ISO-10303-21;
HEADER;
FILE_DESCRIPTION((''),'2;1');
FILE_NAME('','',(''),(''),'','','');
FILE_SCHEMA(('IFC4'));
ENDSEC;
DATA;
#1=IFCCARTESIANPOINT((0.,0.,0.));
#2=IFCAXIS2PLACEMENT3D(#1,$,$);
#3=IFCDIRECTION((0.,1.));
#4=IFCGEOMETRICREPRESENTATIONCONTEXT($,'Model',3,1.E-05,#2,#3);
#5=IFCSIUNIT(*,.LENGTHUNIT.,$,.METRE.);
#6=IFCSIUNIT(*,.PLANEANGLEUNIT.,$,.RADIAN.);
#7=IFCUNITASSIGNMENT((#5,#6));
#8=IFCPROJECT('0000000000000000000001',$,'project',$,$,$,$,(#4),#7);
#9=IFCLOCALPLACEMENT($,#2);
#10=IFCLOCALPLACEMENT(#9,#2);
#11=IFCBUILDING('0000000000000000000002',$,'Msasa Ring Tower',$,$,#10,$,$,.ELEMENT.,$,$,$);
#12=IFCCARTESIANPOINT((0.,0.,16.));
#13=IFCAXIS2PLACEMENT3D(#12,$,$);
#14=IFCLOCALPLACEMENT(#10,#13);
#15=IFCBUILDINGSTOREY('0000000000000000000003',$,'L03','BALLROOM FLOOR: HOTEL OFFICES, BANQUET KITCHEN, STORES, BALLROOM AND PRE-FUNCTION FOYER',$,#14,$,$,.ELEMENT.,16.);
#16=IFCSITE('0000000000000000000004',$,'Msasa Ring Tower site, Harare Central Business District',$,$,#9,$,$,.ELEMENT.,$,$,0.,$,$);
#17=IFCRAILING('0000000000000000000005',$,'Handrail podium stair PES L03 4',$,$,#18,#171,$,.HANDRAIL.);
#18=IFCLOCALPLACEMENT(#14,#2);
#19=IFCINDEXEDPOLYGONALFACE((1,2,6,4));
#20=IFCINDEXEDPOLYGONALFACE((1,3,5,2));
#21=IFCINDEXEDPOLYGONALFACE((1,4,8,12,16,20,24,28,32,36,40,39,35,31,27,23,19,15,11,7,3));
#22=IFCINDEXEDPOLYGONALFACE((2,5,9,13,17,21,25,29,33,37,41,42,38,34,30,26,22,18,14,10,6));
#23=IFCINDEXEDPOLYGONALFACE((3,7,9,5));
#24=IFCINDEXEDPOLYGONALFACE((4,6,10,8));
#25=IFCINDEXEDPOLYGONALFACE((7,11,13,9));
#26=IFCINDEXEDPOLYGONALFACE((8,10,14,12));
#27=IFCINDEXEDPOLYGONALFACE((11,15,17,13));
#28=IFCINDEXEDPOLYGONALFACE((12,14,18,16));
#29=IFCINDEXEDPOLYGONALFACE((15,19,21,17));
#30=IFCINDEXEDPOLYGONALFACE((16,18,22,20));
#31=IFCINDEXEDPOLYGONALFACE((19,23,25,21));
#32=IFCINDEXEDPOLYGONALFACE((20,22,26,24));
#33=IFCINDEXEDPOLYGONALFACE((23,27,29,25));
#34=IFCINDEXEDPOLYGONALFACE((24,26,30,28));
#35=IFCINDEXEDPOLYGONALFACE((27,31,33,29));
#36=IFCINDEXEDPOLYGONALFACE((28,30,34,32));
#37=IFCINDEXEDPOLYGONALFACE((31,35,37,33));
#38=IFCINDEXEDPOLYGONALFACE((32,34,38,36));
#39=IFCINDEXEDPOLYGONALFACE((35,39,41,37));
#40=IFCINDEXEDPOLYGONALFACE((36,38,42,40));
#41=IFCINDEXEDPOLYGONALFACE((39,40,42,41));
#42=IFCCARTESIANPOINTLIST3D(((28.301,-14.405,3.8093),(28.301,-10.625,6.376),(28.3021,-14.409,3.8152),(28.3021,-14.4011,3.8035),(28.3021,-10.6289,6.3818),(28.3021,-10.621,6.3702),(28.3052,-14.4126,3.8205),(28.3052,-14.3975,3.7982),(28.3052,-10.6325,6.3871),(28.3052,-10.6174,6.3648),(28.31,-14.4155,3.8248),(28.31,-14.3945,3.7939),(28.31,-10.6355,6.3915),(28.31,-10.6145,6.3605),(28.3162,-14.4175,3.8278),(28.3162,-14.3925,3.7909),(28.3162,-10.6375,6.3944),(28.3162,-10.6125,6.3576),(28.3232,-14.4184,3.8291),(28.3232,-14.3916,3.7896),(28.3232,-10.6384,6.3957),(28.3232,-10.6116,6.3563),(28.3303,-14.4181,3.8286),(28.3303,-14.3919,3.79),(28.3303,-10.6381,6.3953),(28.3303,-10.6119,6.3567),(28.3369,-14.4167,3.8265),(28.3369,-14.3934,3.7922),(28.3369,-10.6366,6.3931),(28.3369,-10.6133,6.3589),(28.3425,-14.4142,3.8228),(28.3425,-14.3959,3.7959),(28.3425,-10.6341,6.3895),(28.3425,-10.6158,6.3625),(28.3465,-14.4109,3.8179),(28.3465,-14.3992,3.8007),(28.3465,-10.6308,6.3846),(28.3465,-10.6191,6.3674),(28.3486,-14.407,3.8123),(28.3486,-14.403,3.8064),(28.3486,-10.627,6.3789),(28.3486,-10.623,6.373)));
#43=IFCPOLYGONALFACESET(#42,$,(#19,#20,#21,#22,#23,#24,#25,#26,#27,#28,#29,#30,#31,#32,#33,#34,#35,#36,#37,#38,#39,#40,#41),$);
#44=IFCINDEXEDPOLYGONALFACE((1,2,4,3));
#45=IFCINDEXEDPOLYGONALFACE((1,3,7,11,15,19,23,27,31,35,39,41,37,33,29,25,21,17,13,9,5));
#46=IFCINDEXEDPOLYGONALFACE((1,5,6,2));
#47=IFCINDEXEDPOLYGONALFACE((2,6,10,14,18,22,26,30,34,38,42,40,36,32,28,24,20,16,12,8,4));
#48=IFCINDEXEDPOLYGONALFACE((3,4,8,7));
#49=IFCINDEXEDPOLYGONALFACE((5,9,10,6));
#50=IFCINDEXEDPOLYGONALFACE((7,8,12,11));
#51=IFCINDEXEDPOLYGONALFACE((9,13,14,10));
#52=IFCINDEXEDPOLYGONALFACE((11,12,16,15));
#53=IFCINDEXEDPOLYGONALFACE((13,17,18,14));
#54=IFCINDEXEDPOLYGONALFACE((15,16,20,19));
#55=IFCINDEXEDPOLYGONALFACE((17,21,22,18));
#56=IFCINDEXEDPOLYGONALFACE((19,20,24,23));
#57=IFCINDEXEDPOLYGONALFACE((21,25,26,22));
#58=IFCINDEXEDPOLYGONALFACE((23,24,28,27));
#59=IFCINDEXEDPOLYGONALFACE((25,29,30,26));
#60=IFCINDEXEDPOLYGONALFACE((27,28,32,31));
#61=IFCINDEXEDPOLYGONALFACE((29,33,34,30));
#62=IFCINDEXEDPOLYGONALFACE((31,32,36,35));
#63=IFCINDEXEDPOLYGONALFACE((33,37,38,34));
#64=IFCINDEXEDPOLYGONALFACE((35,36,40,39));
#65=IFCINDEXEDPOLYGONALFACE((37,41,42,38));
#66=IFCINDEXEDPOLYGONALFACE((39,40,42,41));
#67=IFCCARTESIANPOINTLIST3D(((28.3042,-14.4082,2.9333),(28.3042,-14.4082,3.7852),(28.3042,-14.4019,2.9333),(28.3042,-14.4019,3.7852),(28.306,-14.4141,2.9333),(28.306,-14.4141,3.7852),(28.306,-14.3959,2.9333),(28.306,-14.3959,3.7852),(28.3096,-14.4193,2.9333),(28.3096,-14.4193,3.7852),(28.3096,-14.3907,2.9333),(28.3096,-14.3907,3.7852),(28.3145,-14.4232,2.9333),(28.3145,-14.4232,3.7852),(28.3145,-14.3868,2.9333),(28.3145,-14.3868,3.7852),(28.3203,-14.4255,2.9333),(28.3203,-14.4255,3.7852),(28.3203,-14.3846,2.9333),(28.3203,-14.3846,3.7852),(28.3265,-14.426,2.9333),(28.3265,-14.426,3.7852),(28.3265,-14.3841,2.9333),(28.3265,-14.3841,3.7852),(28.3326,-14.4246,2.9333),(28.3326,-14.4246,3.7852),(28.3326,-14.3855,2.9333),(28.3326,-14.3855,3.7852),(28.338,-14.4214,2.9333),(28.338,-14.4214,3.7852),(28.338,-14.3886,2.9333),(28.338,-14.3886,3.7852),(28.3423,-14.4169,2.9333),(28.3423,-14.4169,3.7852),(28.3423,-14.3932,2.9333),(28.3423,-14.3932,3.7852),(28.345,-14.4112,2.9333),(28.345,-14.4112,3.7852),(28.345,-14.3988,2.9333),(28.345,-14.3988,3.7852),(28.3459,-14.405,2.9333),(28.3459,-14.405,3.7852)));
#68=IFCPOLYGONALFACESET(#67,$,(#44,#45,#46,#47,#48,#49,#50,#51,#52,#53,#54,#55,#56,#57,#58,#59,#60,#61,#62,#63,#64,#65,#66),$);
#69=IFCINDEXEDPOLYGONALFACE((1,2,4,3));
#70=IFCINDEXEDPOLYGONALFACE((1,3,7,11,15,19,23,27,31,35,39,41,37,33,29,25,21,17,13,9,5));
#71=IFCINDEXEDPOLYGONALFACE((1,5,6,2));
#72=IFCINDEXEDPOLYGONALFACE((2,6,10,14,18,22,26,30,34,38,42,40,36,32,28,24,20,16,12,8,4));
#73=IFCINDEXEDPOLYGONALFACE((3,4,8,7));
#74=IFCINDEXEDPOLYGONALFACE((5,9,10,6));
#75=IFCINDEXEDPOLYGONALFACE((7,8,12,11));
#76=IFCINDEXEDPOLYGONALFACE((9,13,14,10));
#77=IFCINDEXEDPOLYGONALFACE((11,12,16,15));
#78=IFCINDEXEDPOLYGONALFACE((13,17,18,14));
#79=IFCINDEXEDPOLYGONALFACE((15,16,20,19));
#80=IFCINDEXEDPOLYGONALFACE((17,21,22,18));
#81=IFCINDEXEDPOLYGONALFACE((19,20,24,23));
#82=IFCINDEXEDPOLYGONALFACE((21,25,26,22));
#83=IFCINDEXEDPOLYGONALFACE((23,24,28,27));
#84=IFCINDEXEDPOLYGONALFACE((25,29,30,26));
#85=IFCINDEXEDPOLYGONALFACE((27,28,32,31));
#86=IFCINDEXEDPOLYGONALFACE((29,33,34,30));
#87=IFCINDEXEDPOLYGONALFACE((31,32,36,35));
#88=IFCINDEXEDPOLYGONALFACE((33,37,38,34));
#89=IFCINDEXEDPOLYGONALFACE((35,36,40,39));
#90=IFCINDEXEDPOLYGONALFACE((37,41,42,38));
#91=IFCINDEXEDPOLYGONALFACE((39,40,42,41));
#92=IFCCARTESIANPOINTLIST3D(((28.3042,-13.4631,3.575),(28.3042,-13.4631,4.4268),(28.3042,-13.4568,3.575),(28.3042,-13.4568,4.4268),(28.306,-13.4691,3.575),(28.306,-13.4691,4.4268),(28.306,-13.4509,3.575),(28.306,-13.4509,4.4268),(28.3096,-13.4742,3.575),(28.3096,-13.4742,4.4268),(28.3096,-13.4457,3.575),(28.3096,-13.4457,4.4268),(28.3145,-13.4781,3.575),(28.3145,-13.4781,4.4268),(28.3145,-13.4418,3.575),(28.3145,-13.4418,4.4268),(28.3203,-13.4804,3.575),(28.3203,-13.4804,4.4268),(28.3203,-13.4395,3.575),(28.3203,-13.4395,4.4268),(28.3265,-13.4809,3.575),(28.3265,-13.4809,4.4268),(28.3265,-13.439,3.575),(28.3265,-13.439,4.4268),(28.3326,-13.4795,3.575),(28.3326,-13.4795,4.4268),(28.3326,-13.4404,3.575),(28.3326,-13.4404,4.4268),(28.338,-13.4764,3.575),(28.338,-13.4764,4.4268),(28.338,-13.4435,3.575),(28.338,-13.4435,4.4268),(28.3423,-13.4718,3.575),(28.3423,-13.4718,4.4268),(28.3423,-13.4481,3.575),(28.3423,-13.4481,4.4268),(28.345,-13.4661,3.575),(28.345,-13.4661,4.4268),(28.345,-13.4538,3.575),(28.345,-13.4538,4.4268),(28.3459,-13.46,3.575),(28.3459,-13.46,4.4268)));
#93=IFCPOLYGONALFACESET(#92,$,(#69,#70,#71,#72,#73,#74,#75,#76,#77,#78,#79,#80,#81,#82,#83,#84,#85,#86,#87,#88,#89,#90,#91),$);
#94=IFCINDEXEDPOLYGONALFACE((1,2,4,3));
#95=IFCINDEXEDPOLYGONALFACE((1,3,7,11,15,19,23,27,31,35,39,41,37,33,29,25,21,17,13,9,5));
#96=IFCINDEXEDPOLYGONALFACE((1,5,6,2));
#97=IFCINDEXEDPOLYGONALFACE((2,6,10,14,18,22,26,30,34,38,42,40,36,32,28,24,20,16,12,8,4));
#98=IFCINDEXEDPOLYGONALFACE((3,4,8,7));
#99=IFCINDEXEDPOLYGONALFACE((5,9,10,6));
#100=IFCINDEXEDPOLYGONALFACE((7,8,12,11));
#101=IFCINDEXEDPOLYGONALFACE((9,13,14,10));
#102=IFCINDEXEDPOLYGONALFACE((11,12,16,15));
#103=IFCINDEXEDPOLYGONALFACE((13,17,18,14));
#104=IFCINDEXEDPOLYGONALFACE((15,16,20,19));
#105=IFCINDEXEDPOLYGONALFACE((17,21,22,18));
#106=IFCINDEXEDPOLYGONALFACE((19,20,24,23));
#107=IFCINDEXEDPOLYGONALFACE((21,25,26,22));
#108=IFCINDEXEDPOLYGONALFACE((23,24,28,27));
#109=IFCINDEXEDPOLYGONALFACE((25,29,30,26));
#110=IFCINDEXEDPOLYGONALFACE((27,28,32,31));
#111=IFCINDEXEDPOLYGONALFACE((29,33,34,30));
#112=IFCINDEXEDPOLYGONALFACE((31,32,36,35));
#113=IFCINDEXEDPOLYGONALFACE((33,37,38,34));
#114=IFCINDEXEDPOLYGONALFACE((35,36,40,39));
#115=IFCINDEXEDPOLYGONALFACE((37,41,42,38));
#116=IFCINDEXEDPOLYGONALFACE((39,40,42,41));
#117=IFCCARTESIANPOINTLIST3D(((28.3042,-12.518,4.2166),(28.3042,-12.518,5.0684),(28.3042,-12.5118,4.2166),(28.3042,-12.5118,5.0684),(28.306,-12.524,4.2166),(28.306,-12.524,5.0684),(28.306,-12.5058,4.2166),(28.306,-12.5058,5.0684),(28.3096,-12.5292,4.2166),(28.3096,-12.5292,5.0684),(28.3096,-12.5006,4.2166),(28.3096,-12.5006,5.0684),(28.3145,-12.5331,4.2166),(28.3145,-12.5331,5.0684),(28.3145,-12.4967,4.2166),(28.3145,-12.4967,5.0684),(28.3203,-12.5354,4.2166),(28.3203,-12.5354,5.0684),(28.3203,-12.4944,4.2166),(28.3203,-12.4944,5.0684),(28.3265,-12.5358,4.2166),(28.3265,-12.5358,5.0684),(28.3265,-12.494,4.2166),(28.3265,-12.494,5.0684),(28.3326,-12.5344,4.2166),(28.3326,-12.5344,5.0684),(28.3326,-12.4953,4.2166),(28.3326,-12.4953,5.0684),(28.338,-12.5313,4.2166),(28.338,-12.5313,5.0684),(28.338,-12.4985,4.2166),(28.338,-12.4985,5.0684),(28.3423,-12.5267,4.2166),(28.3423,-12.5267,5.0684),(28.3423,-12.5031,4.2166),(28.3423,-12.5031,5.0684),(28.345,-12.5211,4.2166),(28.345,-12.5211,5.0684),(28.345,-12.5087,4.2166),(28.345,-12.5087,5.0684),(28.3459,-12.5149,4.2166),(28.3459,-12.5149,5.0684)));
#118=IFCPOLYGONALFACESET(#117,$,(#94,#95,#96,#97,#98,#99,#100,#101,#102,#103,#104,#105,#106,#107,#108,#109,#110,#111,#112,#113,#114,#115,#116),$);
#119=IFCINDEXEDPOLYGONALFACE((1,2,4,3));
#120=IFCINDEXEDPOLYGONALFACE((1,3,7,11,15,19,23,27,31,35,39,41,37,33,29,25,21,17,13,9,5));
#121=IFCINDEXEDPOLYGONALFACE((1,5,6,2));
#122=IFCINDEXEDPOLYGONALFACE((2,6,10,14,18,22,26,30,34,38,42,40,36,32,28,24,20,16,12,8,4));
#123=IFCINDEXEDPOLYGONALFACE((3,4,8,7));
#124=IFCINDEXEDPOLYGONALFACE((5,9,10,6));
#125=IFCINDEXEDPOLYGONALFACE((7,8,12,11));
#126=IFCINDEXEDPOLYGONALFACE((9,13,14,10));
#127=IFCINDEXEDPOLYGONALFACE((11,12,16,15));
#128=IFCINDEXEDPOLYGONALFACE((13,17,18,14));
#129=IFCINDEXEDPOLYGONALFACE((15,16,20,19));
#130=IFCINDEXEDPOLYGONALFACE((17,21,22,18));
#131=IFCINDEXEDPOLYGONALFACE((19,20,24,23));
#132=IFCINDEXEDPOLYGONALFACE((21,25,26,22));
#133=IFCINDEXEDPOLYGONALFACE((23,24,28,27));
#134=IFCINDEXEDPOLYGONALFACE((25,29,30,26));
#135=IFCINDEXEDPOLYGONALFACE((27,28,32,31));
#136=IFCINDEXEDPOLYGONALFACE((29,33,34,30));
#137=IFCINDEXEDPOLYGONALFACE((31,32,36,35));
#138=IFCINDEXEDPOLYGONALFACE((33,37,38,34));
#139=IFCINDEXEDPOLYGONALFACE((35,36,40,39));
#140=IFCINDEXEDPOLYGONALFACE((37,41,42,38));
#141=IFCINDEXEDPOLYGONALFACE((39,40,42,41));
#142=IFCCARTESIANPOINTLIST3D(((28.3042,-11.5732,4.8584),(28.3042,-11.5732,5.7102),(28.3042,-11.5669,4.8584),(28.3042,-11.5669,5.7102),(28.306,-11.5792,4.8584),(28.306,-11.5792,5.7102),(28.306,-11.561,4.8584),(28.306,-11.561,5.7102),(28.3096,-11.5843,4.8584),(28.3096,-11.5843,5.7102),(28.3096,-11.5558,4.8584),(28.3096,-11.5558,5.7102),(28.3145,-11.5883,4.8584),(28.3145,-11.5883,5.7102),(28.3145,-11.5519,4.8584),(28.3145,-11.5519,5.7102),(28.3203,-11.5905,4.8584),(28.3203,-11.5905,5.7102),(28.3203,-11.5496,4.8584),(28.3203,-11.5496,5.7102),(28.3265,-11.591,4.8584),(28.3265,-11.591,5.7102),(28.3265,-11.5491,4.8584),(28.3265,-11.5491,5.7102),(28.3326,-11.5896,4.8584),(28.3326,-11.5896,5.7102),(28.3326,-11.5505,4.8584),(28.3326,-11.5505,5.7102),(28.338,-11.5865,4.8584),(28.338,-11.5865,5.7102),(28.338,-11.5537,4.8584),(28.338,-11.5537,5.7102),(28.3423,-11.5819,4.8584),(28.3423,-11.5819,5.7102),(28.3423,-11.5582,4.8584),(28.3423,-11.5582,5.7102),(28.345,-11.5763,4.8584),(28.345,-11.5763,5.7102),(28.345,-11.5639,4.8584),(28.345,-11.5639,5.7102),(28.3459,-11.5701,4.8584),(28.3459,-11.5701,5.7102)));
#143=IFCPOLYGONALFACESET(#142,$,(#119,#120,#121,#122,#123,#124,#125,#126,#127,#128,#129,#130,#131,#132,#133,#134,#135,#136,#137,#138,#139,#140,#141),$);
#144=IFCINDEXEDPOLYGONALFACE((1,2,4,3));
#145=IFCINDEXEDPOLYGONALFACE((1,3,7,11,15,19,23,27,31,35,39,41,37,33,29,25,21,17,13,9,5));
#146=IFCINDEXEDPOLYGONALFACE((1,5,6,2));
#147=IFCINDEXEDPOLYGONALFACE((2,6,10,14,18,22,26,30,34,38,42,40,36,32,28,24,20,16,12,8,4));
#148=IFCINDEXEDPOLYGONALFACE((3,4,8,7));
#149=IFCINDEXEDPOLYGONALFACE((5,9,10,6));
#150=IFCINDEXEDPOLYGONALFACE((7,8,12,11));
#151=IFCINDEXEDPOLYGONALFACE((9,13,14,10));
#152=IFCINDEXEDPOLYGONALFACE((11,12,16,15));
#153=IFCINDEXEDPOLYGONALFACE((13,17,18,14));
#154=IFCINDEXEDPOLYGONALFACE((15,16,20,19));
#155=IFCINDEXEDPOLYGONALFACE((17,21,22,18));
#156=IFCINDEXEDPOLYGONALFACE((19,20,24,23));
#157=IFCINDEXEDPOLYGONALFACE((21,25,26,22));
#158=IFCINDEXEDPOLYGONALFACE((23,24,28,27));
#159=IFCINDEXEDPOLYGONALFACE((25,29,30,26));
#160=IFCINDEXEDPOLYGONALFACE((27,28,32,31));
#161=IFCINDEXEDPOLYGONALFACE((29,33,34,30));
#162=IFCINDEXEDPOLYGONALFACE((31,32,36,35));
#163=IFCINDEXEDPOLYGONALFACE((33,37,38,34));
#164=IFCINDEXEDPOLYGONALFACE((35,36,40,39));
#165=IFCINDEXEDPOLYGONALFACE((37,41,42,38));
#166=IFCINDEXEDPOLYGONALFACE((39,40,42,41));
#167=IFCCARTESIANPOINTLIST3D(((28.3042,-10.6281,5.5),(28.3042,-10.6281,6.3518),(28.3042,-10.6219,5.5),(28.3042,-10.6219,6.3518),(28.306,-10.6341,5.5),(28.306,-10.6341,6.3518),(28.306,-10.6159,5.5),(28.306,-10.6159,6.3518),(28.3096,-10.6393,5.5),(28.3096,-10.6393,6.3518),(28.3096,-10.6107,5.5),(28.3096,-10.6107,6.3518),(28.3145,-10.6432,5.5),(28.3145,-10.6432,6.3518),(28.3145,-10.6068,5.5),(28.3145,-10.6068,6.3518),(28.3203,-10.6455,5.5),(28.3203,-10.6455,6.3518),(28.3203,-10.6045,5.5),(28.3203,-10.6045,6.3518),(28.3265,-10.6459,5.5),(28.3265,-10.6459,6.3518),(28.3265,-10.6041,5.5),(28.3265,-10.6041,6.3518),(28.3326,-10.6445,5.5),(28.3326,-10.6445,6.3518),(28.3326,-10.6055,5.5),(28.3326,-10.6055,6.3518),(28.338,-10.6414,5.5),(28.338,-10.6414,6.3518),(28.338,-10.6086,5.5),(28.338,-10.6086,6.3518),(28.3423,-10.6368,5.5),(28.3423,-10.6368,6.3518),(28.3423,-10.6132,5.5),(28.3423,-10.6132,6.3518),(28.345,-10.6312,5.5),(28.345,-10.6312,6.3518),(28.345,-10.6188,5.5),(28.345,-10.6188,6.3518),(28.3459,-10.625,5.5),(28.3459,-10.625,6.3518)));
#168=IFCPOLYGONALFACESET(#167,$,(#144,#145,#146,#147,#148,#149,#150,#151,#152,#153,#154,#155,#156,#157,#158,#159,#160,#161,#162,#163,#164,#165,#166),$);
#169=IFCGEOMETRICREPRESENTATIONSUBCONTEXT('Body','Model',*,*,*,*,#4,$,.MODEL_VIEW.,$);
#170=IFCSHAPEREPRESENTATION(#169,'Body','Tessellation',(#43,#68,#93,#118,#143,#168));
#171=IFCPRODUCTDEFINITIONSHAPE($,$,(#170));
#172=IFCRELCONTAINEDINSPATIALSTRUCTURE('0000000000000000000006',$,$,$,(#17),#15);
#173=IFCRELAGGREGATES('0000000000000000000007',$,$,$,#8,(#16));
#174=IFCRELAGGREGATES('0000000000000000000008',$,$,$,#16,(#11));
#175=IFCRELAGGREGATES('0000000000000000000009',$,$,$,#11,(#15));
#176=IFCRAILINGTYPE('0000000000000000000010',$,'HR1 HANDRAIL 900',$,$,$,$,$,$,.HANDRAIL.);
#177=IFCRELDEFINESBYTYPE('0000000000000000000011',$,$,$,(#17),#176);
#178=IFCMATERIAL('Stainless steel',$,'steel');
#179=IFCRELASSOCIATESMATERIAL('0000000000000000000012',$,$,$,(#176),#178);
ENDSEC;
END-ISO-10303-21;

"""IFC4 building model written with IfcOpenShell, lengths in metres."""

from ifc_helpers import new_model, si_unit, direction, frame, origin, origin_2d, place, context, subcontext, project, spatial, circle, extrude, material, type_object, element, save


model = new_model("IFC4")

# Units and contexts
model_context = context("Model", 3, precision=1e-05, world=origin(), true_north=direction((0.0, 1.0)))
body_context = subcontext(model_context, "Body", "Model", "MODEL_VIEW")
ifc_project = project(units=[si_unit("LENGTHUNIT", "METRE"), si_unit("PLANEANGLEUNIT", "RADIAN")], contexts=[model_context])

# Site, building, storey
site_placement = place(None, origin())
site = spatial("IfcSite", under=ifc_project, at=site_placement, Name="Msasa Ring Tower site, Harare Central Business District", CompositionType="ELEMENT", RefElevation=0.0)
building_placement = place(site_placement, origin())
building = spatial("IfcBuilding", under=site, at=building_placement, Name="Msasa Ring Tower", CompositionType="ELEMENT")
storey_placement = place(building_placement, frame((0.0, 0.0, 16.0)))
storey = spatial("IfcBuildingStorey", under=building, at=storey_placement, Name="L03", Description="BALLROOM FLOOR: HOTEL OFFICES, BANQUET KITCHEN, STORES, BALLROOM AND PRE-FUNCTION FOYER", CompositionType="ELEMENT", Elevation=16.0)

# Railing
ifc_material_1 = material(Name="Stainless steel", Category="steel")
railing_type = type_object("IfcRailingType", Name="HR1 HANDRAIL 900", PredefinedType="HANDRAIL", material=ifc_material_1)
for number, where, name in (
    (1, (28.325, -14.405, 2.9333), "Handrail podium stair PES L03 4"),
):
    element("IfcRailing", number, at=place(storey_placement, frame(where)), inside=storey, type_object=railing_type, Name=name, PredefinedType="HANDRAIL", context=body_context, shape_type="SweptSolid", body=[
        extrude(circle(Radius=0.0239, at=origin_2d()), frame((0.0, 0.0, 0.876), z_axis=(0.0, 0.82731, 0.561746), x_axis=(-1.0, 0.0, 0.0)), (0.0, 0.0, 1.0), 4.5691),
        extrude(circle(Radius=0.021, at=origin_2d()), origin(), (0.0, 0.0, 1.0), 0.8518),
        extrude(circle(Radius=0.021, at=origin_2d()), frame((0.0, 0.9451, 0.6416)), (0.0, 0.0, 1.0), 0.8518),
        extrude(circle(Radius=0.021, at=origin_2d()), frame((0.0, 1.8901, 1.2832)), (0.0, 0.0, 1.0), 0.8518),
        extrude(circle(Radius=0.021, at=origin_2d()), frame((0.0, 2.835, 1.925)), (0.0, 0.0, 1.0), 0.8518),
        extrude(circle(Radius=0.021, at=origin_2d()), frame((0.0, 3.78, 2.5667)), (0.0, 0.0, 1.0), 0.8518),
    ])

save(model, "model.ifc")
